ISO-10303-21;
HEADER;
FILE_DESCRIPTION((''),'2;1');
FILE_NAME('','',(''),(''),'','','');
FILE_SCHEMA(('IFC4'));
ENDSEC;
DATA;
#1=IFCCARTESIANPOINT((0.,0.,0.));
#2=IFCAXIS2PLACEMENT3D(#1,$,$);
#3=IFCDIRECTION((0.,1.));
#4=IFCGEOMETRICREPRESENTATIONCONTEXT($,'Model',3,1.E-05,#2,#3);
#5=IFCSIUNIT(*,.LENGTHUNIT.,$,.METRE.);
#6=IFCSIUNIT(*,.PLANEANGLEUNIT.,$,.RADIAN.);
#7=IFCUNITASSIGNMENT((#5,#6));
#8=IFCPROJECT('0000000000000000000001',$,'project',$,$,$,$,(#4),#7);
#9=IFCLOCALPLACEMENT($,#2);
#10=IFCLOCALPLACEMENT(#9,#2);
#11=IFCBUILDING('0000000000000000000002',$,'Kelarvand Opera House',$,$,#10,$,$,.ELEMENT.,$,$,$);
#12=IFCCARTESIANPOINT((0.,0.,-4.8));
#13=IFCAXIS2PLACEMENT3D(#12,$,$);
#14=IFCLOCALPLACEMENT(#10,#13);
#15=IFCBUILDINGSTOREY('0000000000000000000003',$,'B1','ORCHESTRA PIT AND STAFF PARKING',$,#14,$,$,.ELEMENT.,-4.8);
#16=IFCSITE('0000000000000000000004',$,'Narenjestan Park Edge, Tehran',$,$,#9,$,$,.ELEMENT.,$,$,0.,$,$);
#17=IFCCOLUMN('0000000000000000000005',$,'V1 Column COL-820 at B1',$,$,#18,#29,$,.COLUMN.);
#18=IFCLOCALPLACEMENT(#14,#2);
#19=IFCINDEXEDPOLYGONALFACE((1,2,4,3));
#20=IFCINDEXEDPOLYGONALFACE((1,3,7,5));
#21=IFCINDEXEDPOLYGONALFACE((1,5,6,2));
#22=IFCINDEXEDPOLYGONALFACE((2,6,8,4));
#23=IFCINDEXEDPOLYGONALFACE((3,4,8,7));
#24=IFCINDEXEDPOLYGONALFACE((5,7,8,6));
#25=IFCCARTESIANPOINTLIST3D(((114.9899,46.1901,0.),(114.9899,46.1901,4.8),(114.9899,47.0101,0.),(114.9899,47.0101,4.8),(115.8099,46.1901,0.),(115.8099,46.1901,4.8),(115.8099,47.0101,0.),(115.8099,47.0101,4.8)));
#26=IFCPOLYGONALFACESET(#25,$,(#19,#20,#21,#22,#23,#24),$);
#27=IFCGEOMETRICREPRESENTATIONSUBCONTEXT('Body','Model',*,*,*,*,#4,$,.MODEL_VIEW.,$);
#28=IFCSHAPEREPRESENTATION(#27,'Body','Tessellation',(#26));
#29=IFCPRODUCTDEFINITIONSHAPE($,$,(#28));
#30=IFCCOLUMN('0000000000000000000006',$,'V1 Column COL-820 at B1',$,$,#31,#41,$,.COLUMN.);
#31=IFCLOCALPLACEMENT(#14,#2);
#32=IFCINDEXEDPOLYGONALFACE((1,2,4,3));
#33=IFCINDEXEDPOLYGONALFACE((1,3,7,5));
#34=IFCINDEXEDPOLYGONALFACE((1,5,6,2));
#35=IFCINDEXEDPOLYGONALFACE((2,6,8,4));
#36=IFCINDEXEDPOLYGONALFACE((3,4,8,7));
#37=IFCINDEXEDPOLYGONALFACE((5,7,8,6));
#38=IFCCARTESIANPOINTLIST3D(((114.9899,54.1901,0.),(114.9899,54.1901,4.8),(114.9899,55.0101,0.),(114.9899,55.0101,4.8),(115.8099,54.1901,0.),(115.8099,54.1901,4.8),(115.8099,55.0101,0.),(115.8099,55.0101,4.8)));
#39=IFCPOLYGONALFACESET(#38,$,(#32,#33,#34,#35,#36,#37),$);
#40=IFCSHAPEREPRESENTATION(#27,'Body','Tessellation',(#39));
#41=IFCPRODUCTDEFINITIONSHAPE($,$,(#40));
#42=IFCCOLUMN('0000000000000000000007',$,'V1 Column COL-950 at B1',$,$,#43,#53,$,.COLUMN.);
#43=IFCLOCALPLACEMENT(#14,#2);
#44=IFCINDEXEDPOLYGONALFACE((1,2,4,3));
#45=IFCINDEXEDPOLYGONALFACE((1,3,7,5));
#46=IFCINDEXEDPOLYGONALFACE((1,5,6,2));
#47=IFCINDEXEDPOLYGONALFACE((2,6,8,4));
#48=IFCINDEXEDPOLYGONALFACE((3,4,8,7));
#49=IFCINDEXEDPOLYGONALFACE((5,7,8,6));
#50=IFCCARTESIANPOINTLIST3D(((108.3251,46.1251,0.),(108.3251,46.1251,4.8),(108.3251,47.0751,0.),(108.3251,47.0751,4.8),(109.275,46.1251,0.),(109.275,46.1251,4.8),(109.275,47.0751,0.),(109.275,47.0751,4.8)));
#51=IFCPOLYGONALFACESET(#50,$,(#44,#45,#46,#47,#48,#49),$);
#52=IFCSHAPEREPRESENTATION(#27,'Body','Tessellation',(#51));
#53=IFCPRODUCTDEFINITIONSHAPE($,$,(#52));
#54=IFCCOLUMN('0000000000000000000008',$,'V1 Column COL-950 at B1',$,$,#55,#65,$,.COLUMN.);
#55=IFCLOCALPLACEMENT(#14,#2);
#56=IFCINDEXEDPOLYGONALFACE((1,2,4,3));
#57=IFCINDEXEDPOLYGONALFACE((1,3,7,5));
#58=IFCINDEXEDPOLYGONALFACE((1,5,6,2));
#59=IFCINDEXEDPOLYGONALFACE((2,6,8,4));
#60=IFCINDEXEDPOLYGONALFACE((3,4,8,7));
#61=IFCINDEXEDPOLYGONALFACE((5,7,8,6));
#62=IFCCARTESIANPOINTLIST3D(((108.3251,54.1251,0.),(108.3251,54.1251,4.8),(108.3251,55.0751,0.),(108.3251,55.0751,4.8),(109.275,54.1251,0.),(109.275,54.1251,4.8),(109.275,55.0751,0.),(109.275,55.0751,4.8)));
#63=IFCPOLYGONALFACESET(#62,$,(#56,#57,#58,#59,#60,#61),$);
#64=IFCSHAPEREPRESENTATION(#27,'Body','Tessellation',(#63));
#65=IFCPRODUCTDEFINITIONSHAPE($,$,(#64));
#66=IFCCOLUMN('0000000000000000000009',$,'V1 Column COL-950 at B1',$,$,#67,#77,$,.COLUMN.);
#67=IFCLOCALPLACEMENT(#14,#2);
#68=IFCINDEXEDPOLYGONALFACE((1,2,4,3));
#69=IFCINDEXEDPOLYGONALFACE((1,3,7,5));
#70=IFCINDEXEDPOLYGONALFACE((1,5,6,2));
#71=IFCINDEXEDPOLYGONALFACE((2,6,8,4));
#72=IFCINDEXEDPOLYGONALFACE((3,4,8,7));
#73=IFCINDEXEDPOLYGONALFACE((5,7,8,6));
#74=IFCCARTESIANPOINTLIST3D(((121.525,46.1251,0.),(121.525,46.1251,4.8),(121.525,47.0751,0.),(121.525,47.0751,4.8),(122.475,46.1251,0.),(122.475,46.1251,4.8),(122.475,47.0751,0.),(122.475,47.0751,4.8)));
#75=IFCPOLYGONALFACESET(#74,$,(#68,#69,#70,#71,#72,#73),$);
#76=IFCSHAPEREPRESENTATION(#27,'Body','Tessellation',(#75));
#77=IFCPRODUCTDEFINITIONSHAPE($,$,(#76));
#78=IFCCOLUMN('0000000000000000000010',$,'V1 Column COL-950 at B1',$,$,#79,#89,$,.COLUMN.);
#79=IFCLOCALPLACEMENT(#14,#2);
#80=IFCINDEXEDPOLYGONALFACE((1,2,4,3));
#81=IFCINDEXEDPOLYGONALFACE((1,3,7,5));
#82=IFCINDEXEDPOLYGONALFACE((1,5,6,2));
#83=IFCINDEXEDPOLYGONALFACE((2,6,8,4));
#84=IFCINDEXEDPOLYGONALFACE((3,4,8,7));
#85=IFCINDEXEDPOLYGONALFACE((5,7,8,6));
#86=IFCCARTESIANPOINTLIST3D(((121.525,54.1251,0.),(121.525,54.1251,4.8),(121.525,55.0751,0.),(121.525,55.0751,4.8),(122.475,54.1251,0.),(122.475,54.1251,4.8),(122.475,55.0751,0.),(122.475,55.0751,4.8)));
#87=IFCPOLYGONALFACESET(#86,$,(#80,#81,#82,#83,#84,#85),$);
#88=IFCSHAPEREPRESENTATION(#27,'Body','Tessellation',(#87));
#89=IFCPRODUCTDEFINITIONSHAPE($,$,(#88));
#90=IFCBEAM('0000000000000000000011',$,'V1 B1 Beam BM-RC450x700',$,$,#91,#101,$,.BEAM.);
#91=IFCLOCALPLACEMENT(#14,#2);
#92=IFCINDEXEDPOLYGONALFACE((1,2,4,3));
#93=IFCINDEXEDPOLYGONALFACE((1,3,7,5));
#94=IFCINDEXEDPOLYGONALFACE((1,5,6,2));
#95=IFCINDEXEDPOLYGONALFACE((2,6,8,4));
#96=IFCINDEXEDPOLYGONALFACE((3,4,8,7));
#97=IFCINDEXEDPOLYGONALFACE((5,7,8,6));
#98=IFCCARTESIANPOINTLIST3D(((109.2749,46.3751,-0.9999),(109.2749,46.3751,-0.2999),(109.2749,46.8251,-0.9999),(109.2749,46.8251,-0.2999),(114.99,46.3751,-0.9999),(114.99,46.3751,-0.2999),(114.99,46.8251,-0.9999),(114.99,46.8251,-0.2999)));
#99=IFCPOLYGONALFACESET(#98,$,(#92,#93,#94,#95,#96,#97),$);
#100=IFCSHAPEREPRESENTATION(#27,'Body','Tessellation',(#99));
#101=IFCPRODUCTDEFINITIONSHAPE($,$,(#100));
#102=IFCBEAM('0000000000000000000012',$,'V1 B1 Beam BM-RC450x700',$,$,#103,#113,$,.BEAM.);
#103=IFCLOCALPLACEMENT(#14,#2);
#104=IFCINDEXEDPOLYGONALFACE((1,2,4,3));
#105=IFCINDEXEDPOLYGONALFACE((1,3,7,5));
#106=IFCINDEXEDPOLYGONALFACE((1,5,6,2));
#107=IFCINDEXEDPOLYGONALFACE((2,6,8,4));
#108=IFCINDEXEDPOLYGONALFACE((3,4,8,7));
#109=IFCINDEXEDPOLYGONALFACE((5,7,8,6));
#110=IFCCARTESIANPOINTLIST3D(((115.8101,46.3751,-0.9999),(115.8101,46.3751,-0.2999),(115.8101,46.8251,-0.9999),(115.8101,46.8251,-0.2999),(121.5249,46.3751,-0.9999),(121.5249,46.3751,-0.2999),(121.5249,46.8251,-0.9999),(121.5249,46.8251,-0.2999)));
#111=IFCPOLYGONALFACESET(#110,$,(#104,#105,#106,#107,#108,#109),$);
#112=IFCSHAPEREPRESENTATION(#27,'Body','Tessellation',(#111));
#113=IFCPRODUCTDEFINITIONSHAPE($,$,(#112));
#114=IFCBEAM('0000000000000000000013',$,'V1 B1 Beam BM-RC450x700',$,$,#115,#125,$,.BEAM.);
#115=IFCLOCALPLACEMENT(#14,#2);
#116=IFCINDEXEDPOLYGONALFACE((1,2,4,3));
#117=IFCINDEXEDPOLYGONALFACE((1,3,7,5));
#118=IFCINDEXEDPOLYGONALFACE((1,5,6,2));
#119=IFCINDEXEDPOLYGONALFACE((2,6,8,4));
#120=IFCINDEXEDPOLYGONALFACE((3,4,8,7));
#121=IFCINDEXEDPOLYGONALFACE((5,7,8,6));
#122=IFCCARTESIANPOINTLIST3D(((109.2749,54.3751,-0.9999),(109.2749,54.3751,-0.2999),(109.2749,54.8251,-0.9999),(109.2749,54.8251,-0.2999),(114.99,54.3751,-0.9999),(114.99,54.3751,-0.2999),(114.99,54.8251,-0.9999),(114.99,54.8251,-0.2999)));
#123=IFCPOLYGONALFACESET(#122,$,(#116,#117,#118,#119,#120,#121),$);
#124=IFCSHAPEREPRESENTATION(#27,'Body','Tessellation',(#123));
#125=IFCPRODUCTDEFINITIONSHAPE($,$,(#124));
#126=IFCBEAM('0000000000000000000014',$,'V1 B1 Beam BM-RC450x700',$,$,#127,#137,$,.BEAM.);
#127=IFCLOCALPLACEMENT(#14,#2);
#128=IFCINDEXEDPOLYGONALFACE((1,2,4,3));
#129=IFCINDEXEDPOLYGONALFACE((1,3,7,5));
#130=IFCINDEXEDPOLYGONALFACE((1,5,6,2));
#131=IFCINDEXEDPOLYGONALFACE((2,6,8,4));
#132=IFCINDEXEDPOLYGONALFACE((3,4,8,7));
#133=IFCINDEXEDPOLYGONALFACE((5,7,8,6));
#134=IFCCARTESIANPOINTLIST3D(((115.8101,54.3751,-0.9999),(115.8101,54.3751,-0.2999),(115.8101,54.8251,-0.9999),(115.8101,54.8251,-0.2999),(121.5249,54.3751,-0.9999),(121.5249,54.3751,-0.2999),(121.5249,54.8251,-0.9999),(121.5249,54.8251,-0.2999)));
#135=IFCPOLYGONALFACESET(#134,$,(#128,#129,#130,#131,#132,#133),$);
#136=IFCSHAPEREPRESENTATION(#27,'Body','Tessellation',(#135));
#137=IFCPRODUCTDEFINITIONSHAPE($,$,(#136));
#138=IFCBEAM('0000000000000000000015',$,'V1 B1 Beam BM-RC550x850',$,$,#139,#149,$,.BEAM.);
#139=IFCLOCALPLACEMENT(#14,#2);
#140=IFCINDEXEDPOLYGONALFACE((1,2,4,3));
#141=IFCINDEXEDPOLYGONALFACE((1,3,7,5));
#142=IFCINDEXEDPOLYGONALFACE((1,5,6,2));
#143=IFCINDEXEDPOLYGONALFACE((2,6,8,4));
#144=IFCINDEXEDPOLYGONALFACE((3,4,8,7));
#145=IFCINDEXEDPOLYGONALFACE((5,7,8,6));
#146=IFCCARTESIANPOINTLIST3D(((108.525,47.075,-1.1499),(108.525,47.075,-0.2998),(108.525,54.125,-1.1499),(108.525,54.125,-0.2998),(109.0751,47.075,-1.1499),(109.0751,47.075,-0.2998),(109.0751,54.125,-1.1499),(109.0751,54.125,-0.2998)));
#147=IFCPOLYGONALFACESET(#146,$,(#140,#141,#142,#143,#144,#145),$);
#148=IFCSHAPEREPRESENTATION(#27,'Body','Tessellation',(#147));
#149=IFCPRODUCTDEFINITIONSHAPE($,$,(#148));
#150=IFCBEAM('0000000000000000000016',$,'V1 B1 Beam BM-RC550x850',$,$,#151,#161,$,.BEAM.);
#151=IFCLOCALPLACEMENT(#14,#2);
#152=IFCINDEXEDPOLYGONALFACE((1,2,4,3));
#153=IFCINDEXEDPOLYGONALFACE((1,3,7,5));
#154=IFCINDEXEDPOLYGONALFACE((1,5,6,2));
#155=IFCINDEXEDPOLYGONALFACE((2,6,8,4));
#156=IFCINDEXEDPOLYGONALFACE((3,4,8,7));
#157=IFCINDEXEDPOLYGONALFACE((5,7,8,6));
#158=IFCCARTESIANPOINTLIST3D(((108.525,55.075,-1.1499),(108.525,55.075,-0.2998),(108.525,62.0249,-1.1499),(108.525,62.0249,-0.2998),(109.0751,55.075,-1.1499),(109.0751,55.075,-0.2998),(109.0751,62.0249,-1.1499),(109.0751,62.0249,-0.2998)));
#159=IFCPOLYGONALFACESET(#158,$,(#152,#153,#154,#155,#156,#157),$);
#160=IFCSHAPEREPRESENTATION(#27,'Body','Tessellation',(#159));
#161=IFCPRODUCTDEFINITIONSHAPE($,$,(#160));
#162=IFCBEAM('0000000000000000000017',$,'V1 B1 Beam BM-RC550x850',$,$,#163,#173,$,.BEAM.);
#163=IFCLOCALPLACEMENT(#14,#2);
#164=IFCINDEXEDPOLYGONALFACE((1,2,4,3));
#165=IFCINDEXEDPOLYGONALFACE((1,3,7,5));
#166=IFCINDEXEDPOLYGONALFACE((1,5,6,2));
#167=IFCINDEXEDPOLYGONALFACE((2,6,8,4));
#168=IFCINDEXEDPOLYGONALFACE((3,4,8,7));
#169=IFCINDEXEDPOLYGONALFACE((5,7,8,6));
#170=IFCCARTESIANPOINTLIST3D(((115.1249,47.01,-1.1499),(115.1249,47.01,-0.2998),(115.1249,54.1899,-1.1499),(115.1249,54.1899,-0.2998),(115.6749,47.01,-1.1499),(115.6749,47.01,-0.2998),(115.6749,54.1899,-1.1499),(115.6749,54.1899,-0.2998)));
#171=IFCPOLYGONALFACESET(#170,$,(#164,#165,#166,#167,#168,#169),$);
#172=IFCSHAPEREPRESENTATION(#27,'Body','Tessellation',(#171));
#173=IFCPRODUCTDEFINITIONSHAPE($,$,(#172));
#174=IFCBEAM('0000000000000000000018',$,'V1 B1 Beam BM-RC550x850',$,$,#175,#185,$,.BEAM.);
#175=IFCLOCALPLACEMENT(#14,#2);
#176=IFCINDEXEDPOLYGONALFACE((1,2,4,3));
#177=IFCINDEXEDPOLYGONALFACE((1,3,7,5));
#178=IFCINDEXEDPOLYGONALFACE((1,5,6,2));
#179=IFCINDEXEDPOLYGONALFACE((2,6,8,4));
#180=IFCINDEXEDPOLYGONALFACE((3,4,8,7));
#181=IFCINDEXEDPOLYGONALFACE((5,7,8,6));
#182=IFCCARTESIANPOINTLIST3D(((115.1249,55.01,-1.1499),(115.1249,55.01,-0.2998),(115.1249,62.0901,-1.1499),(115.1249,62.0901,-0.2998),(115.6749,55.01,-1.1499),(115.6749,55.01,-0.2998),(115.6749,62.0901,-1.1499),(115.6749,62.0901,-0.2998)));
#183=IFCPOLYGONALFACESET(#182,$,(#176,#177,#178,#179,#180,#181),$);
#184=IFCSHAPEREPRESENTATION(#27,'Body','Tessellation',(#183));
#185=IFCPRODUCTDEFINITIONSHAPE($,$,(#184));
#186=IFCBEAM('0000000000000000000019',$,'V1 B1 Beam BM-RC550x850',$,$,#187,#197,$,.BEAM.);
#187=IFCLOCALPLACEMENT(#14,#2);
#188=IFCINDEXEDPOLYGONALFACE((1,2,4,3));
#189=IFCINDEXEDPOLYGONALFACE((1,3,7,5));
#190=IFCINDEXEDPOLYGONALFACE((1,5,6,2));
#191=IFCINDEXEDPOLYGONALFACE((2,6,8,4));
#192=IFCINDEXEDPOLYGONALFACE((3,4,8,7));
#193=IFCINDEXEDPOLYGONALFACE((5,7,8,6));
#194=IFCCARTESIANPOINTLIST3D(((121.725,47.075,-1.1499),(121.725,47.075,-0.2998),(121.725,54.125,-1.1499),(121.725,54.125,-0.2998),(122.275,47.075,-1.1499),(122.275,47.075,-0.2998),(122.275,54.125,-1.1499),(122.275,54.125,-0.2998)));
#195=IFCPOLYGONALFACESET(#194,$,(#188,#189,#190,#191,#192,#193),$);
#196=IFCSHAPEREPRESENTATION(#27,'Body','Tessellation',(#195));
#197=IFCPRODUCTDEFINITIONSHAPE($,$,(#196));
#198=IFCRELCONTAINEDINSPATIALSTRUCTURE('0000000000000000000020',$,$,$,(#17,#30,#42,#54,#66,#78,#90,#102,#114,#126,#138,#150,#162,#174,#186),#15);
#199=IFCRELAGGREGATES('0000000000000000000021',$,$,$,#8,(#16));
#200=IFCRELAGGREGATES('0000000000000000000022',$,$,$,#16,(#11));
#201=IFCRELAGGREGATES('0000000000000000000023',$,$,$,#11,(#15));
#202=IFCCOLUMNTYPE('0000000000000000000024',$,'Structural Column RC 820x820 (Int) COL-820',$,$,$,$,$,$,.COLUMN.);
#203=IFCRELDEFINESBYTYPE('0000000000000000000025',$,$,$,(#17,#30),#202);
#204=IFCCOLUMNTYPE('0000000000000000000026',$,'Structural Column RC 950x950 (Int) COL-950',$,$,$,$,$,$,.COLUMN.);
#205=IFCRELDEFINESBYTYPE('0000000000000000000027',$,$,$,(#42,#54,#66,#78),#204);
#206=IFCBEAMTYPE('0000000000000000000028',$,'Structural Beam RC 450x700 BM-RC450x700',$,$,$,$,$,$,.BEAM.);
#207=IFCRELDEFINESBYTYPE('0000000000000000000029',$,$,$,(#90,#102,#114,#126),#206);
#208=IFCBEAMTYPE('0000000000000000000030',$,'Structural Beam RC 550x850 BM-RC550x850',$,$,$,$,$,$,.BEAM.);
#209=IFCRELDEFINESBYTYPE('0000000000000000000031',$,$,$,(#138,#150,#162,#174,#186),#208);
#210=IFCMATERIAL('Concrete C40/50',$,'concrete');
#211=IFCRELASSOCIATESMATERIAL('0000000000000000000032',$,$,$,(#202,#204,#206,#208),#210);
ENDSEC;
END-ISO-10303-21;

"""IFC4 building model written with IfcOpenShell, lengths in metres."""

from ifc_helpers import new_model, si_unit, direction, frame, origin, origin_2d, place, context, subcontext, project, spatial, rectangle, extrude, material, material_profile, profile_set, type_object, element, save


model = new_model("IFC4")

# Units and contexts
model_context = context("Model", 3, precision=1e-05, world=origin(), true_north=direction((0.0, 1.0)))
body_context = subcontext(model_context, "Body", "Model", "MODEL_VIEW")
ifc_project = project(units=[si_unit("LENGTHUNIT", "METRE"), si_unit("PLANEANGLEUNIT", "RADIAN")], contexts=[model_context])

# Site, building, storey
site_placement = place(None, origin())
site = spatial("IfcSite", under=ifc_project, at=site_placement, Name="Narenjestan Park Edge, Tehran", CompositionType="ELEMENT", RefElevation=0.0)
building_placement = place(site_placement, origin())
building = spatial("IfcBuilding", under=site, at=building_placement, Name="Kelarvand Opera House", CompositionType="ELEMENT")
storey_placement = place(building_placement, frame((0.0, 0.0, -4.8)))
storey = spatial("IfcBuildingStorey", under=building, at=storey_placement, Name="B1", Description="ORCHESTRA PIT AND STAFF PARKING", CompositionType="ELEMENT", Elevation=-4.8)

# Columns
ifc_material_1 = material(Name="Concrete C40/50", Category="concrete")
ifc_material_profile_1 = material_profile(ifc_material_1, rectangle(XDim=0.8201, YDim=0.8201, at=origin_2d()), Name="RC 820x820", Category="concrete")
ifc_profile_set_1 = profile_set([ifc_material_profile_1], Name="Concrete C40/50")
column_type_1 = type_object("IfcColumnType", Name="Structural Column RC 820x820 (Int) COL-820", PredefinedType="COLUMN", material=ifc_profile_set_1)
for number, where, z_axis, x_axis, name in (
    (1, (115.3999, 46.6001, 0.0), (0.0, 0.0, 1.0), (1.0, 0.0, 0.0), "V1 Column COL-820 at B1"),
    (2, (115.3999, 54.6001, 0.0), (0.0, 0.0, 1.0), (1.0, 0.0, 0.0), "V1 Column COL-820 at B1"),
):
    element("IfcColumn", number, at=place(storey_placement, frame(where, z_axis=z_axis, x_axis=x_axis)), inside=storey, type_object=column_type_1, Name=name, PredefinedType="COLUMN", context=body_context, shape_type="SweptSolid", body=[
        extrude(rectangle(XDim=0.8201, YDim=0.8201, at=origin_2d()), origin(), (0.0, 0.0, 1.0), 4.8),
    ])
ifc_material_profile_2 = material_profile(ifc_material_1, rectangle(XDim=0.95, YDim=0.95, at=origin_2d()), Name="RC 950x950", Category="concrete")
ifc_profile_set_2 = profile_set([ifc_material_profile_2], Name="Concrete C40/50")
column_type_2 = type_object("IfcColumnType", Name="Structural Column RC 950x950 (Int) COL-950", PredefinedType="COLUMN", material=ifc_profile_set_2)
for number, where, z_axis, x_axis, name in (
    (3, (108.8, 46.6001, 0.0), (0.0, 0.0, 1.0), (1.0, 0.0, 0.0), "V1 Column COL-950 at B1"),
    (4, (108.8, 54.6001, 0.0), (0.0, 0.0, 1.0), (1.0, 0.0, 0.0), "V1 Column COL-950 at B1"),
    (5, (122.0, 46.6001, 0.0), (0.0, 0.0, 1.0), (1.0, 0.0, 0.0), "V1 Column COL-950 at B1"),
    (6, (122.0, 54.6001, 0.0), (0.0, 0.0, 1.0), (1.0, 0.0, 0.0), "V1 Column COL-950 at B1"),
):
    element("IfcColumn", number, at=place(storey_placement, frame(where, z_axis=z_axis, x_axis=x_axis)), inside=storey, type_object=column_type_2, Name=name, PredefinedType="COLUMN", context=body_context, shape_type="SweptSolid", body=[
        extrude(rectangle(XDim=0.95, YDim=0.95, at=origin_2d()), origin(), (0.0, 0.0, 1.0), 4.8),
    ])

# Beams
ifc_material_profile_3 = material_profile(ifc_material_1, rectangle(XDim=0.45, YDim=0.7, at=origin_2d()), Name="RC 450x700", Category="concrete")
ifc_profile_set_3 = profile_set([ifc_material_profile_3], Name="Concrete C40/50")
beam_type_1 = type_object("IfcBeamType", Name="Structural Beam RC 450x700 BM-RC450x700", PredefinedType="BEAM", material=ifc_profile_set_3)
beam_1_placement = place(storey_placement, frame((109.2749, 46.6001, -0.6499), z_axis=(1.0, 0.0, 0.0), x_axis=(0.0, 1.0, 0.0)))
element("IfcBeam", 7, at=beam_1_placement, inside=storey, type_object=beam_type_1, Name="V1 B1 Beam BM-RC450x700", PredefinedType="BEAM", context=body_context, shape_type="SweptSolid", body=[
    extrude(rectangle(XDim=0.45, YDim=0.7, at=origin_2d()), origin(), (0.0, 0.0, 1.0), 5.7151),
])
beam_2_placement = place(storey_placement, frame((115.8101, 46.6001, -0.6499), z_axis=(1.0, 0.0, 0.0), x_axis=(0.0, 1.0, 0.0)))
element("IfcBeam", 8, at=beam_2_placement, inside=storey, type_object=beam_type_1, Name="V1 B1 Beam BM-RC450x700", PredefinedType="BEAM", context=body_context, shape_type="SweptSolid", body=[
    extrude(rectangle(XDim=0.45, YDim=0.7, at=origin_2d()), origin(), (0.0, 0.0, 1.0), 5.7148),
])
beam_3_placement = place(storey_placement, frame((109.2749, 54.6001, -0.6499), z_axis=(1.0, 0.0, 0.0), x_axis=(0.0, 1.0, 0.0)))
element("IfcBeam", 9, at=beam_3_placement, inside=storey, type_object=beam_type_1, Name="V1 B1 Beam BM-RC450x700", PredefinedType="BEAM", context=body_context, shape_type="SweptSolid", body=[
    extrude(rectangle(XDim=0.45, YDim=0.7, at=origin_2d()), origin(), (0.0, 0.0, 1.0), 5.7151),
])
beam_4_placement = place(storey_placement, frame((115.8101, 54.6001, -0.6499), z_axis=(1.0, 0.0, 0.0), x_axis=(0.0, 1.0, 0.0)))
element("IfcBeam", 10, at=beam_4_placement, inside=storey, type_object=beam_type_1, Name="V1 B1 Beam BM-RC450x700", PredefinedType="BEAM", context=body_context, shape_type="SweptSolid", body=[
    extrude(rectangle(XDim=0.45, YDim=0.7, at=origin_2d()), origin(), (0.0, 0.0, 1.0), 5.7148),
])
ifc_material_profile_4 = material_profile(ifc_material_1, rectangle(XDim=0.55, YDim=0.8501, at=origin_2d()), Name="RC 550x850", Category="concrete")
ifc_profile_set_4 = profile_set([ifc_material_profile_4], Name="Concrete C40/50")
beam_type_2 = type_object("IfcBeamType", Name="Structural Beam RC 550x850 BM-RC550x850", PredefinedType="BEAM", material=ifc_profile_set_4)
beam_5_placement = place(storey_placement, frame((108.8, 47.075, -0.7249), z_axis=(0.0, 1.0, 0.0), x_axis=(-1.0, 0.0, 0.0)))
element("IfcBeam", 11, at=beam_5_placement, inside=storey, type_object=beam_type_2, Name="V1 B1 Beam BM-RC550x850", PredefinedType="BEAM", context=body_context, shape_type="SweptSolid", body=[
    extrude(rectangle(XDim=0.55, YDim=0.8501, at=origin_2d()), origin(), (0.0, 0.0, 1.0), 7.05),
])
beam_6_placement = place(storey_placement, frame((108.8, 55.075, -0.7249), z_axis=(0.0, 1.0, 0.0), x_axis=(-1.0, 0.0, 0.0)))
element("IfcBeam", 12, at=beam_6_placement, inside=storey, type_object=beam_type_2, Name="V1 B1 Beam BM-RC550x850", PredefinedType="BEAM", context=body_context, shape_type="SweptSolid", body=[
    extrude(rectangle(XDim=0.55, YDim=0.8501, at=origin_2d()), origin(), (0.0, 0.0, 1.0), 6.95),
])
beam_7_placement = place(storey_placement, frame((115.3999, 47.01, -0.7249), z_axis=(0.0, 1.0, 0.0), x_axis=(-1.0, 0.0, 0.0)))
element("IfcBeam", 13, at=beam_7_placement, inside=storey, type_object=beam_type_2, Name="V1 B1 Beam BM-RC550x850", PredefinedType="BEAM", context=body_context, shape_type="SweptSolid", body=[
    extrude(rectangle(XDim=0.55, YDim=0.8501, at=origin_2d()), origin(), (0.0, 0.0, 1.0), 7.1799),
])
beam_8_placement = place(storey_placement, frame((115.3999, 55.01, -0.7249), z_axis=(0.0, 1.0, 0.0), x_axis=(-1.0, 0.0, 0.0)))
element("IfcBeam", 14, at=beam_8_placement, inside=storey, type_object=beam_type_2, Name="V1 B1 Beam BM-RC550x850", PredefinedType="BEAM", context=body_context, shape_type="SweptSolid", body=[
    extrude(rectangle(XDim=0.55, YDim=0.8501, at=origin_2d()), origin(), (0.0, 0.0, 1.0), 7.0801),
])
beam_9_placement = place(storey_placement, frame((122.0, 47.075, -0.7249), z_axis=(0.0, 1.0, 0.0), x_axis=(-1.0, 0.0, 0.0)))
element("IfcBeam", 15, at=beam_9_placement, inside=storey, type_object=beam_type_2, Name="V1 B1 Beam BM-RC550x850", PredefinedType="BEAM", context=body_context, shape_type="SweptSolid", body=[
    extrude(rectangle(XDim=0.55, YDim=0.8501, at=origin_2d()), origin(), (0.0, 0.0, 1.0), 7.05),
])

save(model, "model.ifc")
